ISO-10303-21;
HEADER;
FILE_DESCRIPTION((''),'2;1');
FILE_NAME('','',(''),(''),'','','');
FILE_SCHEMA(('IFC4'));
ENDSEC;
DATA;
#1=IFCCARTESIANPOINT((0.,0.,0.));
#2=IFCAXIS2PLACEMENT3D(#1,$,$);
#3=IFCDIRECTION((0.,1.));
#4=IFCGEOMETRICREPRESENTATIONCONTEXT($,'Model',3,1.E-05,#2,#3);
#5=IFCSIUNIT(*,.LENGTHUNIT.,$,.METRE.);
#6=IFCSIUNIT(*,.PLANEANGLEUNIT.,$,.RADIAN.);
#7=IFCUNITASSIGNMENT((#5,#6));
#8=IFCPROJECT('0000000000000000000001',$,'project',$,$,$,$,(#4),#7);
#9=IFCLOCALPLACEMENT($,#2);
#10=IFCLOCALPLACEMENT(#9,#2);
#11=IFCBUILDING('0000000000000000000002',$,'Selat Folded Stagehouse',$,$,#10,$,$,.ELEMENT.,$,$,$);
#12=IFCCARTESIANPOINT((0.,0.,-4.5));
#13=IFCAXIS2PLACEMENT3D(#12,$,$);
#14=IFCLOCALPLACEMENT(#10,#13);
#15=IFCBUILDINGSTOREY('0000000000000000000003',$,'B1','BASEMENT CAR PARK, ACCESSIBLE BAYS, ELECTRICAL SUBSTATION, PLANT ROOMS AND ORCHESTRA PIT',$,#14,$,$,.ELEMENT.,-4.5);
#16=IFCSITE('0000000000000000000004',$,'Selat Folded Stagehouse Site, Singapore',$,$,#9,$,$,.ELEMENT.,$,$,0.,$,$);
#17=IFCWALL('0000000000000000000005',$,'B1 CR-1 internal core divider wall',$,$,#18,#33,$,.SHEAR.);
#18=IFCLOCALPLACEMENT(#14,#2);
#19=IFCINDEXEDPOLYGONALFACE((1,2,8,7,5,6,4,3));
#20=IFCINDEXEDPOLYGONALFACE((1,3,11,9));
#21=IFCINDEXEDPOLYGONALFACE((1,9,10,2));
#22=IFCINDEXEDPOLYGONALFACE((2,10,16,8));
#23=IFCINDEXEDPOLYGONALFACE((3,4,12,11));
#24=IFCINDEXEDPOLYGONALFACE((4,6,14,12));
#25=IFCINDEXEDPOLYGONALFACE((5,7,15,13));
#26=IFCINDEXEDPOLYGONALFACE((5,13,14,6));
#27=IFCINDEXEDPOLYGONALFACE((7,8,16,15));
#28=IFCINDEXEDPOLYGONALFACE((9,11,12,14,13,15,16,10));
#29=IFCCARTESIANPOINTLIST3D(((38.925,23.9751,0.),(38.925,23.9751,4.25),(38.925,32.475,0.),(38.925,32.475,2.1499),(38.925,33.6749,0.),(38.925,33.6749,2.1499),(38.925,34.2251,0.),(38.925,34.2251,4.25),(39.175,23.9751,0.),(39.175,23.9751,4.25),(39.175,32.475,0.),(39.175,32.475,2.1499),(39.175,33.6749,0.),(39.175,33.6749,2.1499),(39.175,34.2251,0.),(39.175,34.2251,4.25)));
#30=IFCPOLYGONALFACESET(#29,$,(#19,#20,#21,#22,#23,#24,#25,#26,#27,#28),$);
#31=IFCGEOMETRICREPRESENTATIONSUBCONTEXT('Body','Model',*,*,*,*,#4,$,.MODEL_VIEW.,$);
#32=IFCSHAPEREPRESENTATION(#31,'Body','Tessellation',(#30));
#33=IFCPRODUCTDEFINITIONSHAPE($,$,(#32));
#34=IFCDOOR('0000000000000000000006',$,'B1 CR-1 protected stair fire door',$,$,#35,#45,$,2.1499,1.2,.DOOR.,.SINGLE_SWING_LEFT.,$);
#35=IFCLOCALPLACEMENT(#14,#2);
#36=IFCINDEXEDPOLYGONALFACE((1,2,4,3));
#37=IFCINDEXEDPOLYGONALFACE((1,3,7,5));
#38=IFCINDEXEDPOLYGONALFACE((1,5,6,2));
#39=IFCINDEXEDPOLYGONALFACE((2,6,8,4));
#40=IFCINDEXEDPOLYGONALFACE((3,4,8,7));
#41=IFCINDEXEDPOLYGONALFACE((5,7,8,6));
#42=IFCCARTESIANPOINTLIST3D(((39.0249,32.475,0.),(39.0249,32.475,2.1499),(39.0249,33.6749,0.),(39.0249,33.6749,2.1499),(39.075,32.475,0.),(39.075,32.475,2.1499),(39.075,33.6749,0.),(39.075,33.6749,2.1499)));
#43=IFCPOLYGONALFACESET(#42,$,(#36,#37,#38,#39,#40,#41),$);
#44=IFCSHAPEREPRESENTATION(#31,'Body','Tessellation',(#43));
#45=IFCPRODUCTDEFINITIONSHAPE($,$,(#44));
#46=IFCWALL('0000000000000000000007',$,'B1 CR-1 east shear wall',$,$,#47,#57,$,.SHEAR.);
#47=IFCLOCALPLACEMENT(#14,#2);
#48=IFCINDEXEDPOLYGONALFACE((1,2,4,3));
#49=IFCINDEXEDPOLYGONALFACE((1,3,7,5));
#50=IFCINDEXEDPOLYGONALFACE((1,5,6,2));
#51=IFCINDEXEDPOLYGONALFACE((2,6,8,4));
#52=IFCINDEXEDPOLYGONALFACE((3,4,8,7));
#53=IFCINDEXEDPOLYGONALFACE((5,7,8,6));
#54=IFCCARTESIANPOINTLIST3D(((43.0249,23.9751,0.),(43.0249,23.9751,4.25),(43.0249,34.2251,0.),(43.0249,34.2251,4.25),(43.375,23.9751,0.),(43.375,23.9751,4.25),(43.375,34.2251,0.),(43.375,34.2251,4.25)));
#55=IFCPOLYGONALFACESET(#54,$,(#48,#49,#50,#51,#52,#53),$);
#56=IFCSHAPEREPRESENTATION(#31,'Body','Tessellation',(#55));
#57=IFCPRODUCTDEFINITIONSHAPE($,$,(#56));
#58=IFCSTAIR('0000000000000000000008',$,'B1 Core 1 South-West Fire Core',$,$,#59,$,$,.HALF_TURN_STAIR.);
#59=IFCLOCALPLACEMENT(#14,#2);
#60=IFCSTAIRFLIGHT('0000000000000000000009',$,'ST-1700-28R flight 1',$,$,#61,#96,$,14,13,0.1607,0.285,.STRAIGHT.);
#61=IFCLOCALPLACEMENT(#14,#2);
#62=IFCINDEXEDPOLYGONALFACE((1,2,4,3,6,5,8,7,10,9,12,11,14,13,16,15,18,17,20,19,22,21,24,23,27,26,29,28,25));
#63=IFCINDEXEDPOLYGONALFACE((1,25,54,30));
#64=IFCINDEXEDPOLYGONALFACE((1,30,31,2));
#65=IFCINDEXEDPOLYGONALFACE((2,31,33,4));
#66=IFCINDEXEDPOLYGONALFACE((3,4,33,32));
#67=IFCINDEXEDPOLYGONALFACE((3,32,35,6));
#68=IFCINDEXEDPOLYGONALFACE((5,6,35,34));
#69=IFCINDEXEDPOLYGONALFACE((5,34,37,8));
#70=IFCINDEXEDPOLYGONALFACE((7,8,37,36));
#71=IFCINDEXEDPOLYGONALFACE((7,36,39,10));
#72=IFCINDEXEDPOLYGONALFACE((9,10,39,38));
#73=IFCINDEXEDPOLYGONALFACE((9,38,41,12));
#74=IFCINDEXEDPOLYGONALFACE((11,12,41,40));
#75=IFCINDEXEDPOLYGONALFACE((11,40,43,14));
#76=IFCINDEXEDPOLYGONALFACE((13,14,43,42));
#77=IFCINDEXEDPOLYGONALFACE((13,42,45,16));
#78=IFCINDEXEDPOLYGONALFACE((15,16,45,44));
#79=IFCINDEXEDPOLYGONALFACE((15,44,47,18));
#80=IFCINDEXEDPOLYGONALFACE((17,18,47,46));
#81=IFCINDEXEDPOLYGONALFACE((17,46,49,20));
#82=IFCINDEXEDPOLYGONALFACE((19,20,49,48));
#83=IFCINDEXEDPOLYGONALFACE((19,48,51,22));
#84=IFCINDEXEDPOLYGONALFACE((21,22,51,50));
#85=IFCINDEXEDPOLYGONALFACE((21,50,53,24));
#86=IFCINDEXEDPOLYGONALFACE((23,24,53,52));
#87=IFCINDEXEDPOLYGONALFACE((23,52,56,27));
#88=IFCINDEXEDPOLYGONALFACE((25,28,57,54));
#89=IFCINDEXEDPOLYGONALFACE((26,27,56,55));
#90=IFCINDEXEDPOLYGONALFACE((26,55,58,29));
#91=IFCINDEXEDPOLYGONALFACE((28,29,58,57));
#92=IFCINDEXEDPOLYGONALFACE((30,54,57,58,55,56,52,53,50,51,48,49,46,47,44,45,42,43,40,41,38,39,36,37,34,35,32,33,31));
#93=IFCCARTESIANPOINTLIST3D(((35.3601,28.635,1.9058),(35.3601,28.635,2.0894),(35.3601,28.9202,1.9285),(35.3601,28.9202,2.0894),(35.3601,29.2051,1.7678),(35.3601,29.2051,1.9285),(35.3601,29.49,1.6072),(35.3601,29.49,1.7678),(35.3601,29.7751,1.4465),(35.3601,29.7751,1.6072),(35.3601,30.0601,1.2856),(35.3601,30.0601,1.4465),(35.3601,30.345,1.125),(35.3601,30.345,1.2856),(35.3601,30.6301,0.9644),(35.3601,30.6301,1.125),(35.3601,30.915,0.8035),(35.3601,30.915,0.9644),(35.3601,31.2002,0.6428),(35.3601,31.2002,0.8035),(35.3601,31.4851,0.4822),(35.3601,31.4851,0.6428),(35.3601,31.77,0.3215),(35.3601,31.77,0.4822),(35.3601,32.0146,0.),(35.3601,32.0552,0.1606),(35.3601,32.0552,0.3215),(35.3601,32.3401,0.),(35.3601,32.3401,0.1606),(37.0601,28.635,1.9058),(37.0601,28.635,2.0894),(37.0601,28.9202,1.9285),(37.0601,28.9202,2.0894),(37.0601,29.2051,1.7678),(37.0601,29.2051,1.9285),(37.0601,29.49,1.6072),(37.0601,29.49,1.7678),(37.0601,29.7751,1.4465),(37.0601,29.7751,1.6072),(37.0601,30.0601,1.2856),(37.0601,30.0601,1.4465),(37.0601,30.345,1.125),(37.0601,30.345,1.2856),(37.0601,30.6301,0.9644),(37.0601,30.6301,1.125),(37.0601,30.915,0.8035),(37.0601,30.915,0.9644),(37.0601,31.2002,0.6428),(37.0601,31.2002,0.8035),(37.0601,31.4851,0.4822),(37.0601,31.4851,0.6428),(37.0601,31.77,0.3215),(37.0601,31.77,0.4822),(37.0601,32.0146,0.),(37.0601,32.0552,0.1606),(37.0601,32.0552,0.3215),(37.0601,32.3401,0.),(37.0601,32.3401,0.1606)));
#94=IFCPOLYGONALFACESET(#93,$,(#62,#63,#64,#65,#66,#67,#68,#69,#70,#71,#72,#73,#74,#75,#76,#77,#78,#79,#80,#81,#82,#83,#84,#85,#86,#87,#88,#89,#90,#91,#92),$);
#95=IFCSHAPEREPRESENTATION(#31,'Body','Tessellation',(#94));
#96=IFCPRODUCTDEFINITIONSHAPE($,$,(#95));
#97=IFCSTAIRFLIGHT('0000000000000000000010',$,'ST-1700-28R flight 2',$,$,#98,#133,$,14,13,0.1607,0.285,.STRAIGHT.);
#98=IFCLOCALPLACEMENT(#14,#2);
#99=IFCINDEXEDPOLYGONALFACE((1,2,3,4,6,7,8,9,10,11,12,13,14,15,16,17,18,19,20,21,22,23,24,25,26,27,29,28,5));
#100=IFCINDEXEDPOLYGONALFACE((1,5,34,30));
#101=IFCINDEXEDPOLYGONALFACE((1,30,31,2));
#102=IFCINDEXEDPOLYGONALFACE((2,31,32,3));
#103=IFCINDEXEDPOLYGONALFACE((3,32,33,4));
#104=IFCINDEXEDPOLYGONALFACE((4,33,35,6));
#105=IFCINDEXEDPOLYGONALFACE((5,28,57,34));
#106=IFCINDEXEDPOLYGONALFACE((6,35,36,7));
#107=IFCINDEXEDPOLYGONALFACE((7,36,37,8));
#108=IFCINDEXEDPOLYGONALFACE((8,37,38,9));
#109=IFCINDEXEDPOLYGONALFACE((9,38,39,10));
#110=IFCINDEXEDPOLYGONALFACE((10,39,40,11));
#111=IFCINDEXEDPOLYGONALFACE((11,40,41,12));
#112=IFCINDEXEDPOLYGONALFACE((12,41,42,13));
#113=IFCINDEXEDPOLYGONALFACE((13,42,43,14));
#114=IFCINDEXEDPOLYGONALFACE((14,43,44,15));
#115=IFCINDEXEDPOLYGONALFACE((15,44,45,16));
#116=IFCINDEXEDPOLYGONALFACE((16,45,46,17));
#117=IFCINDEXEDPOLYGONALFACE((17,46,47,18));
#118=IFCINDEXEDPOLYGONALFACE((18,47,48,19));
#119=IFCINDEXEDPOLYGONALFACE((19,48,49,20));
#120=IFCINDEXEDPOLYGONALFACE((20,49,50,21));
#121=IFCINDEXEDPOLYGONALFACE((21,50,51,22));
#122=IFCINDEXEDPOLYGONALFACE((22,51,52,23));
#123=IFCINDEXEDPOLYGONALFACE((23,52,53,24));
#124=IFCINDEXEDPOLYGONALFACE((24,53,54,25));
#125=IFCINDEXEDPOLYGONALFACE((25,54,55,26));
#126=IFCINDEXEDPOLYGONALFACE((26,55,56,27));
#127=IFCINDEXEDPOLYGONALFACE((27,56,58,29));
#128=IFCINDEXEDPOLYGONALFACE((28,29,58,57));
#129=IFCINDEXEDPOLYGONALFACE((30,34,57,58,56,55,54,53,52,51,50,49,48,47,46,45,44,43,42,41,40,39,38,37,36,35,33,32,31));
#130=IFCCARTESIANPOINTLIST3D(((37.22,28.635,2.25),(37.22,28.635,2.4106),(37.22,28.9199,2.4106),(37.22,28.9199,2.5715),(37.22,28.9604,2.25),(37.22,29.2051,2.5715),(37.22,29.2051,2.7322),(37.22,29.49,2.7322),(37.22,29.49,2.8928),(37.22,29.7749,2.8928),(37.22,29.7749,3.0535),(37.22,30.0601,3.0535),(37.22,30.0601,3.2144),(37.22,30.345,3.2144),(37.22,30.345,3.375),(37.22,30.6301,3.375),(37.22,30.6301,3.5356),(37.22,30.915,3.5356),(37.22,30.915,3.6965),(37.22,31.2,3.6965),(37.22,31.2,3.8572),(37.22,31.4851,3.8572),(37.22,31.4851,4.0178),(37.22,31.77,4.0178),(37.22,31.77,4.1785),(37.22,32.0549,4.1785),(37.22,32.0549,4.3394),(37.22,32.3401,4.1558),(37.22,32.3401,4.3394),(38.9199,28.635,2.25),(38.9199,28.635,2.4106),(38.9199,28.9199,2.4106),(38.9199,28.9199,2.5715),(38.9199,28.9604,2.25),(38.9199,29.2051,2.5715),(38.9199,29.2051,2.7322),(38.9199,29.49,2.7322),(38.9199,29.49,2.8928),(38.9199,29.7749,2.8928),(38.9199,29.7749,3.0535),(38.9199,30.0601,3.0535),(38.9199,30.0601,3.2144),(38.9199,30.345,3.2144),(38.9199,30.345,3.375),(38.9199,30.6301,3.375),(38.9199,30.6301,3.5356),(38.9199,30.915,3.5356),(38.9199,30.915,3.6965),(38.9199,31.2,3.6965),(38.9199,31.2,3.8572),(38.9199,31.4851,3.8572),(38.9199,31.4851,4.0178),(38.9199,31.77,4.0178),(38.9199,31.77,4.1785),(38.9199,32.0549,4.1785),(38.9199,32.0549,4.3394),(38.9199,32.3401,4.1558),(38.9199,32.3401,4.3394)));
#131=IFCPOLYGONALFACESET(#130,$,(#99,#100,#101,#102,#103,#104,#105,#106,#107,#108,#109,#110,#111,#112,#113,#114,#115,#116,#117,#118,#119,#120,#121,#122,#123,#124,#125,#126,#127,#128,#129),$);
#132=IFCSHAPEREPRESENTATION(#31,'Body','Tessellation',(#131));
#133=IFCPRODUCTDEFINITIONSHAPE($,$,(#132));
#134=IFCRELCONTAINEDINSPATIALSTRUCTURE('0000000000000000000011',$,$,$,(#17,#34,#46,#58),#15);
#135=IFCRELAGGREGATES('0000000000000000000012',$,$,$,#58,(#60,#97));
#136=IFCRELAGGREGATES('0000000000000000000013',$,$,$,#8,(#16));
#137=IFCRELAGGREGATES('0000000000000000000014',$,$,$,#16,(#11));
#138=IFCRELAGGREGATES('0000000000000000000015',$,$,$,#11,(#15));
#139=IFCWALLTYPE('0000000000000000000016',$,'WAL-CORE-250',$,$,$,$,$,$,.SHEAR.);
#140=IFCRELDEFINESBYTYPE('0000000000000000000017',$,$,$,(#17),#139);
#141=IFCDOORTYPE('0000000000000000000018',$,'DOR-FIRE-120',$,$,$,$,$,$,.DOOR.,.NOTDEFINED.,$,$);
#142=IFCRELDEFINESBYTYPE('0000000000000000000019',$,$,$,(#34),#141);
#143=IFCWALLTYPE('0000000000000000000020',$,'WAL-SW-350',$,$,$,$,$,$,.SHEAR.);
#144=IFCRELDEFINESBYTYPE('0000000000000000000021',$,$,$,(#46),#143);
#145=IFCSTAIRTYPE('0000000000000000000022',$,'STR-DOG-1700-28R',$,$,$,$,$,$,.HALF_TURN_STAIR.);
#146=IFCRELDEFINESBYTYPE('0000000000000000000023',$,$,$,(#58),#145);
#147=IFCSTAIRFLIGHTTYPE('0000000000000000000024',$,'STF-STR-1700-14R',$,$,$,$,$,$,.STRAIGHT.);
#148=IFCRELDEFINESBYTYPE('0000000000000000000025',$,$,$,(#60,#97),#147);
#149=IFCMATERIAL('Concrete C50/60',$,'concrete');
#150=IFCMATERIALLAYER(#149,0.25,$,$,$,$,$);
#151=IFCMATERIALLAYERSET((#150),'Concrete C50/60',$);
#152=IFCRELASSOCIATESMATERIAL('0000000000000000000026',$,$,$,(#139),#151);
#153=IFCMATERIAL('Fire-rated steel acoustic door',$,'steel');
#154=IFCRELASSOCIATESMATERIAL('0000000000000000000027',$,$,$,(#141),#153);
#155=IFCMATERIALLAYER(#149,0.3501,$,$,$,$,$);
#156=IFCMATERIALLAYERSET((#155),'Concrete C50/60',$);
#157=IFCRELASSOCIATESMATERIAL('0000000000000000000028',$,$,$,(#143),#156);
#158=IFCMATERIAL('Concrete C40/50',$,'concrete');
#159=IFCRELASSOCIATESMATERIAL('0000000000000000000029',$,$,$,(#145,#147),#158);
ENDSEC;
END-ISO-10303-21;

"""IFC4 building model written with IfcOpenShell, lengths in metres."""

from ifc_helpers import new_model, si_unit, direction, frame, frame_2d, origin, place, context, subcontext, project, spatial, polyline, rectangle, outline, extrude, material, layer, layer_set, type_object, element, fill, aggregate, save


model = new_model("IFC4")

# Units and contexts
model_context = context("Model", 3, precision=1e-05, world=origin(), true_north=direction((0.0, 1.0)))
body_context = subcontext(model_context, "Body", "Model", "MODEL_VIEW")
ifc_project = project(units=[si_unit("LENGTHUNIT", "METRE"), si_unit("PLANEANGLEUNIT", "RADIAN")], contexts=[model_context])

# Site, building, storey
site_placement = place(None, origin())
site = spatial("IfcSite", under=ifc_project, at=site_placement, Name="Selat Folded Stagehouse Site, Singapore", CompositionType="ELEMENT", RefElevation=0.0)
building_placement = place(site_placement, origin())
building = spatial("IfcBuilding", under=site, at=building_placement, Name="Selat Folded Stagehouse", CompositionType="ELEMENT")
storey_placement = place(building_placement, frame((0.0, 0.0, -4.5)))
storey = spatial("IfcBuildingStorey", under=building, at=storey_placement, Name="B1", Description="BASEMENT CAR PARK, ACCESSIBLE BAYS, ELECTRICAL SUBSTATION, PLANT ROOMS AND ORCHESTRA PIT", CompositionType="ELEMENT", Elevation=-4.5)

# Shared definitions
ifc_material_1 = material(Name="Concrete C40/50", Category="concrete")

# Wall, opening, door
ifc_material_2 = material(Name="Concrete C50/60", Category="concrete")
ifc_layer_1 = layer(ifc_material_2, 0.25)
ifc_layer_set_1 = layer_set([ifc_layer_1], Name="Concrete C50/60")
wall_type_1 = type_object("IfcWallType", Name="WAL-CORE-250", PredefinedType="SHEAR", material=ifc_layer_set_1)
wall_1_placement = place(storey_placement, frame((39.05, 34.2251, 0.0), z_axis=(0.0, 0.0, 1.0), x_axis=(0.0, -1.0, 0.0)))
wall_1 = element("IfcWall", 1, at=wall_1_placement, inside=storey, type_object=wall_type_1, Name="B1 CR-1 internal core divider wall", PredefinedType="SHEAR", context=body_context, shape_type="SweptSolid", body=[
    extrude(rectangle(XDim=10.25, YDim=0.25, at=frame_2d((5.125, 0.0))), origin(), (0.0, 0.0, 1.0), 4.25),
])
opening_1_placement = place(wall_1_placement, frame((0.55, 0.0, 0.0)))
opening_1 = element("IfcOpeningElement", 2, at=opening_1_placement, cuts=wall_1, PredefinedType="OPENING", context=body_context, shape_type="SweptSolid", body=[
    extrude(rectangle(XDim=1.2, YDim=2.1499, at=frame_2d((0.6001, 1.075))), frame((0.0, 0.135, 0.0), z_axis=(0.0, -1.0, 0.0), x_axis=(1.0, 0.0, 0.0)), (0.0, 0.0, 1.0), 0.27),
])
ifc_material_3 = material(Name="Fire-rated steel acoustic door", Category="steel")
door_type_1 = type_object("IfcDoorType", Name="DOR-FIRE-120", OperationType="NOTDEFINED", PredefinedType="DOOR", material=ifc_material_3)
door_1_placement = place(opening_1_placement, origin())
door_1 = element("IfcDoor", 3, at=door_1_placement, inside=storey, type_object=door_type_1, Name="B1 CR-1 protected stair fire door", OperationType="SINGLE_SWING_LEFT", OverallHeight=2.1499, OverallWidth=1.2, PredefinedType="DOOR", context=body_context, shape_type="SweptSolid", body=[
    extrude(rectangle(XDim=1.2, YDim=2.1499, at=frame_2d((0.6001, 1.075))), frame((0.0, 0.0249, 0.0), z_axis=(0.0, -1.0, 0.0), x_axis=(1.0, 0.0, 0.0)), (0.0, 0.0, 1.0), 0.05),
])
fill(opening_1, door_1)
ifc_layer_2 = layer(ifc_material_2, 0.3501)
ifc_layer_set_2 = layer_set([ifc_layer_2], Name="Concrete C50/60")
wall_type_2 = type_object("IfcWallType", Name="WAL-SW-350", PredefinedType="SHEAR", material=ifc_layer_set_2)

# Wall
wall_2_placement = place(storey_placement, frame((43.2, 34.2251, 0.0), z_axis=(0.0, 0.0, 1.0), x_axis=(0.0, -1.0, 0.0)))
element("IfcWall", 4, at=wall_2_placement, inside=storey, type_object=wall_type_2, Name="B1 CR-1 east shear wall", PredefinedType="SHEAR", context=body_context, shape_type="SweptSolid", body=[
    extrude(rectangle(XDim=10.25, YDim=0.3501, at=frame_2d((5.125, 0.0))), origin(), (0.0, 0.0, 1.0), 4.25),
])

# Stair, stair flights
stair_type = type_object("IfcStairType", Name="STR-DOG-1700-28R", PredefinedType="HALF_TURN_STAIR", material=ifc_material_1)
stair_placement = place(storey_placement, origin())
stair = element("IfcStair", 5, at=stair_placement, inside=storey, type_object=stair_type, Name="B1 Core 1 South-West Fire Core", PredefinedType="HALF_TURN_STAIR")
stair_flight_type = type_object("IfcStairFlightType", Name="STF-STR-1700-14R", PredefinedType="STRAIGHT", material=ifc_material_1)
stair_flight_1_placement = place(storey_placement, frame((36.21, 32.3401, 0.0), z_axis=(0.0, 0.0, 1.0), x_axis=(0.0, -1.0, 0.0)))
stair_flight_1 = element("IfcStairFlight", 6, at=stair_flight_1_placement, type_object=stair_flight_type, Name="ST-1700-28R flight 1", NumberOfRisers=14, NumberOfTreads=13, PredefinedType="STRAIGHT", RiserHeight=0.1607, TreadLength=0.285, context=body_context, shape_type="SweptSolid", body=[
    extrude(outline(polyline([(0.0, 0.0), (0.0, 0.1606), (0.2849, 0.1606), (0.2849, 0.3215), (0.5701, 0.3215), (0.5701, 0.4822), (0.855, 0.4822), (0.855, 0.6428), (1.1399, 0.6428), (1.1399, 0.8035), (1.425, 0.8035), (1.425, 0.9644), (1.71, 0.9644), (1.71, 1.125), (1.9951, 1.125), (1.9951, 1.2856), (2.28, 1.2856), (2.28, 1.4465), (2.5649, 1.4465), (2.5649, 1.6072), (2.8501, 1.6072), (2.8501, 1.7678), (3.135, 1.7678), (3.135, 1.9285), (3.4199, 1.9285), (3.4199, 2.0894), (3.7051, 2.0894), (3.7051, 2.25), (3.7051, 1.9058), (0.3254, 0.0), (0.0, 0.0)])), frame((0.0, 0.8501, 0.0), z_axis=(0.0, -1.0, 0.0), x_axis=(1.0, 0.0, 0.0)), (0.0, 0.0, 1.0), 1.7),
])
stair_flight_2_placement = place(storey_placement, frame((38.0701, 28.635, 2.25), z_axis=(0.0, 0.0, 1.0), x_axis=(0.0, 1.0, 0.0)))
stair_flight_2 = element("IfcStairFlight", 7, at=stair_flight_2_placement, type_object=stair_flight_type, Name="ST-1700-28R flight 2", NumberOfRisers=14, NumberOfTreads=13, PredefinedType="STRAIGHT", RiserHeight=0.1607, TreadLength=0.285, context=body_context, shape_type="SweptSolid", body=[
    extrude(outline(polyline([(0.0, 0.0), (0.0, 0.1606), (0.2849, 0.1606), (0.2849, 0.3215), (0.5701, 0.3215), (0.5701, 0.4822), (0.855, 0.4822), (0.855, 0.6428), (1.1399, 0.6428), (1.1399, 0.8035), (1.425, 0.8035), (1.425, 0.9644), (1.71, 0.9644), (1.71, 1.125), (1.9951, 1.125), (1.9951, 1.2856), (2.28, 1.2856), (2.28, 1.4465), (2.5649, 1.4465), (2.5649, 1.6072), (2.8501, 1.6072), (2.8501, 1.7678), (3.135, 1.7678), (3.135, 1.9285), (3.4199, 1.9285), (3.4199, 2.0894), (3.7051, 2.0894), (3.7051, 2.25), (3.7051, 1.9058), (0.3254, 0.0), (0.0, 0.0)])), frame((0.0, 0.8501, 0.0), z_axis=(0.0, -1.0, 0.0), x_axis=(1.0, 0.0, 0.0)), (0.0, 0.0, 1.0), 1.7),
])
aggregate(stair, [stair_flight_1, stair_flight_2])

save(model, "model.ifc")
